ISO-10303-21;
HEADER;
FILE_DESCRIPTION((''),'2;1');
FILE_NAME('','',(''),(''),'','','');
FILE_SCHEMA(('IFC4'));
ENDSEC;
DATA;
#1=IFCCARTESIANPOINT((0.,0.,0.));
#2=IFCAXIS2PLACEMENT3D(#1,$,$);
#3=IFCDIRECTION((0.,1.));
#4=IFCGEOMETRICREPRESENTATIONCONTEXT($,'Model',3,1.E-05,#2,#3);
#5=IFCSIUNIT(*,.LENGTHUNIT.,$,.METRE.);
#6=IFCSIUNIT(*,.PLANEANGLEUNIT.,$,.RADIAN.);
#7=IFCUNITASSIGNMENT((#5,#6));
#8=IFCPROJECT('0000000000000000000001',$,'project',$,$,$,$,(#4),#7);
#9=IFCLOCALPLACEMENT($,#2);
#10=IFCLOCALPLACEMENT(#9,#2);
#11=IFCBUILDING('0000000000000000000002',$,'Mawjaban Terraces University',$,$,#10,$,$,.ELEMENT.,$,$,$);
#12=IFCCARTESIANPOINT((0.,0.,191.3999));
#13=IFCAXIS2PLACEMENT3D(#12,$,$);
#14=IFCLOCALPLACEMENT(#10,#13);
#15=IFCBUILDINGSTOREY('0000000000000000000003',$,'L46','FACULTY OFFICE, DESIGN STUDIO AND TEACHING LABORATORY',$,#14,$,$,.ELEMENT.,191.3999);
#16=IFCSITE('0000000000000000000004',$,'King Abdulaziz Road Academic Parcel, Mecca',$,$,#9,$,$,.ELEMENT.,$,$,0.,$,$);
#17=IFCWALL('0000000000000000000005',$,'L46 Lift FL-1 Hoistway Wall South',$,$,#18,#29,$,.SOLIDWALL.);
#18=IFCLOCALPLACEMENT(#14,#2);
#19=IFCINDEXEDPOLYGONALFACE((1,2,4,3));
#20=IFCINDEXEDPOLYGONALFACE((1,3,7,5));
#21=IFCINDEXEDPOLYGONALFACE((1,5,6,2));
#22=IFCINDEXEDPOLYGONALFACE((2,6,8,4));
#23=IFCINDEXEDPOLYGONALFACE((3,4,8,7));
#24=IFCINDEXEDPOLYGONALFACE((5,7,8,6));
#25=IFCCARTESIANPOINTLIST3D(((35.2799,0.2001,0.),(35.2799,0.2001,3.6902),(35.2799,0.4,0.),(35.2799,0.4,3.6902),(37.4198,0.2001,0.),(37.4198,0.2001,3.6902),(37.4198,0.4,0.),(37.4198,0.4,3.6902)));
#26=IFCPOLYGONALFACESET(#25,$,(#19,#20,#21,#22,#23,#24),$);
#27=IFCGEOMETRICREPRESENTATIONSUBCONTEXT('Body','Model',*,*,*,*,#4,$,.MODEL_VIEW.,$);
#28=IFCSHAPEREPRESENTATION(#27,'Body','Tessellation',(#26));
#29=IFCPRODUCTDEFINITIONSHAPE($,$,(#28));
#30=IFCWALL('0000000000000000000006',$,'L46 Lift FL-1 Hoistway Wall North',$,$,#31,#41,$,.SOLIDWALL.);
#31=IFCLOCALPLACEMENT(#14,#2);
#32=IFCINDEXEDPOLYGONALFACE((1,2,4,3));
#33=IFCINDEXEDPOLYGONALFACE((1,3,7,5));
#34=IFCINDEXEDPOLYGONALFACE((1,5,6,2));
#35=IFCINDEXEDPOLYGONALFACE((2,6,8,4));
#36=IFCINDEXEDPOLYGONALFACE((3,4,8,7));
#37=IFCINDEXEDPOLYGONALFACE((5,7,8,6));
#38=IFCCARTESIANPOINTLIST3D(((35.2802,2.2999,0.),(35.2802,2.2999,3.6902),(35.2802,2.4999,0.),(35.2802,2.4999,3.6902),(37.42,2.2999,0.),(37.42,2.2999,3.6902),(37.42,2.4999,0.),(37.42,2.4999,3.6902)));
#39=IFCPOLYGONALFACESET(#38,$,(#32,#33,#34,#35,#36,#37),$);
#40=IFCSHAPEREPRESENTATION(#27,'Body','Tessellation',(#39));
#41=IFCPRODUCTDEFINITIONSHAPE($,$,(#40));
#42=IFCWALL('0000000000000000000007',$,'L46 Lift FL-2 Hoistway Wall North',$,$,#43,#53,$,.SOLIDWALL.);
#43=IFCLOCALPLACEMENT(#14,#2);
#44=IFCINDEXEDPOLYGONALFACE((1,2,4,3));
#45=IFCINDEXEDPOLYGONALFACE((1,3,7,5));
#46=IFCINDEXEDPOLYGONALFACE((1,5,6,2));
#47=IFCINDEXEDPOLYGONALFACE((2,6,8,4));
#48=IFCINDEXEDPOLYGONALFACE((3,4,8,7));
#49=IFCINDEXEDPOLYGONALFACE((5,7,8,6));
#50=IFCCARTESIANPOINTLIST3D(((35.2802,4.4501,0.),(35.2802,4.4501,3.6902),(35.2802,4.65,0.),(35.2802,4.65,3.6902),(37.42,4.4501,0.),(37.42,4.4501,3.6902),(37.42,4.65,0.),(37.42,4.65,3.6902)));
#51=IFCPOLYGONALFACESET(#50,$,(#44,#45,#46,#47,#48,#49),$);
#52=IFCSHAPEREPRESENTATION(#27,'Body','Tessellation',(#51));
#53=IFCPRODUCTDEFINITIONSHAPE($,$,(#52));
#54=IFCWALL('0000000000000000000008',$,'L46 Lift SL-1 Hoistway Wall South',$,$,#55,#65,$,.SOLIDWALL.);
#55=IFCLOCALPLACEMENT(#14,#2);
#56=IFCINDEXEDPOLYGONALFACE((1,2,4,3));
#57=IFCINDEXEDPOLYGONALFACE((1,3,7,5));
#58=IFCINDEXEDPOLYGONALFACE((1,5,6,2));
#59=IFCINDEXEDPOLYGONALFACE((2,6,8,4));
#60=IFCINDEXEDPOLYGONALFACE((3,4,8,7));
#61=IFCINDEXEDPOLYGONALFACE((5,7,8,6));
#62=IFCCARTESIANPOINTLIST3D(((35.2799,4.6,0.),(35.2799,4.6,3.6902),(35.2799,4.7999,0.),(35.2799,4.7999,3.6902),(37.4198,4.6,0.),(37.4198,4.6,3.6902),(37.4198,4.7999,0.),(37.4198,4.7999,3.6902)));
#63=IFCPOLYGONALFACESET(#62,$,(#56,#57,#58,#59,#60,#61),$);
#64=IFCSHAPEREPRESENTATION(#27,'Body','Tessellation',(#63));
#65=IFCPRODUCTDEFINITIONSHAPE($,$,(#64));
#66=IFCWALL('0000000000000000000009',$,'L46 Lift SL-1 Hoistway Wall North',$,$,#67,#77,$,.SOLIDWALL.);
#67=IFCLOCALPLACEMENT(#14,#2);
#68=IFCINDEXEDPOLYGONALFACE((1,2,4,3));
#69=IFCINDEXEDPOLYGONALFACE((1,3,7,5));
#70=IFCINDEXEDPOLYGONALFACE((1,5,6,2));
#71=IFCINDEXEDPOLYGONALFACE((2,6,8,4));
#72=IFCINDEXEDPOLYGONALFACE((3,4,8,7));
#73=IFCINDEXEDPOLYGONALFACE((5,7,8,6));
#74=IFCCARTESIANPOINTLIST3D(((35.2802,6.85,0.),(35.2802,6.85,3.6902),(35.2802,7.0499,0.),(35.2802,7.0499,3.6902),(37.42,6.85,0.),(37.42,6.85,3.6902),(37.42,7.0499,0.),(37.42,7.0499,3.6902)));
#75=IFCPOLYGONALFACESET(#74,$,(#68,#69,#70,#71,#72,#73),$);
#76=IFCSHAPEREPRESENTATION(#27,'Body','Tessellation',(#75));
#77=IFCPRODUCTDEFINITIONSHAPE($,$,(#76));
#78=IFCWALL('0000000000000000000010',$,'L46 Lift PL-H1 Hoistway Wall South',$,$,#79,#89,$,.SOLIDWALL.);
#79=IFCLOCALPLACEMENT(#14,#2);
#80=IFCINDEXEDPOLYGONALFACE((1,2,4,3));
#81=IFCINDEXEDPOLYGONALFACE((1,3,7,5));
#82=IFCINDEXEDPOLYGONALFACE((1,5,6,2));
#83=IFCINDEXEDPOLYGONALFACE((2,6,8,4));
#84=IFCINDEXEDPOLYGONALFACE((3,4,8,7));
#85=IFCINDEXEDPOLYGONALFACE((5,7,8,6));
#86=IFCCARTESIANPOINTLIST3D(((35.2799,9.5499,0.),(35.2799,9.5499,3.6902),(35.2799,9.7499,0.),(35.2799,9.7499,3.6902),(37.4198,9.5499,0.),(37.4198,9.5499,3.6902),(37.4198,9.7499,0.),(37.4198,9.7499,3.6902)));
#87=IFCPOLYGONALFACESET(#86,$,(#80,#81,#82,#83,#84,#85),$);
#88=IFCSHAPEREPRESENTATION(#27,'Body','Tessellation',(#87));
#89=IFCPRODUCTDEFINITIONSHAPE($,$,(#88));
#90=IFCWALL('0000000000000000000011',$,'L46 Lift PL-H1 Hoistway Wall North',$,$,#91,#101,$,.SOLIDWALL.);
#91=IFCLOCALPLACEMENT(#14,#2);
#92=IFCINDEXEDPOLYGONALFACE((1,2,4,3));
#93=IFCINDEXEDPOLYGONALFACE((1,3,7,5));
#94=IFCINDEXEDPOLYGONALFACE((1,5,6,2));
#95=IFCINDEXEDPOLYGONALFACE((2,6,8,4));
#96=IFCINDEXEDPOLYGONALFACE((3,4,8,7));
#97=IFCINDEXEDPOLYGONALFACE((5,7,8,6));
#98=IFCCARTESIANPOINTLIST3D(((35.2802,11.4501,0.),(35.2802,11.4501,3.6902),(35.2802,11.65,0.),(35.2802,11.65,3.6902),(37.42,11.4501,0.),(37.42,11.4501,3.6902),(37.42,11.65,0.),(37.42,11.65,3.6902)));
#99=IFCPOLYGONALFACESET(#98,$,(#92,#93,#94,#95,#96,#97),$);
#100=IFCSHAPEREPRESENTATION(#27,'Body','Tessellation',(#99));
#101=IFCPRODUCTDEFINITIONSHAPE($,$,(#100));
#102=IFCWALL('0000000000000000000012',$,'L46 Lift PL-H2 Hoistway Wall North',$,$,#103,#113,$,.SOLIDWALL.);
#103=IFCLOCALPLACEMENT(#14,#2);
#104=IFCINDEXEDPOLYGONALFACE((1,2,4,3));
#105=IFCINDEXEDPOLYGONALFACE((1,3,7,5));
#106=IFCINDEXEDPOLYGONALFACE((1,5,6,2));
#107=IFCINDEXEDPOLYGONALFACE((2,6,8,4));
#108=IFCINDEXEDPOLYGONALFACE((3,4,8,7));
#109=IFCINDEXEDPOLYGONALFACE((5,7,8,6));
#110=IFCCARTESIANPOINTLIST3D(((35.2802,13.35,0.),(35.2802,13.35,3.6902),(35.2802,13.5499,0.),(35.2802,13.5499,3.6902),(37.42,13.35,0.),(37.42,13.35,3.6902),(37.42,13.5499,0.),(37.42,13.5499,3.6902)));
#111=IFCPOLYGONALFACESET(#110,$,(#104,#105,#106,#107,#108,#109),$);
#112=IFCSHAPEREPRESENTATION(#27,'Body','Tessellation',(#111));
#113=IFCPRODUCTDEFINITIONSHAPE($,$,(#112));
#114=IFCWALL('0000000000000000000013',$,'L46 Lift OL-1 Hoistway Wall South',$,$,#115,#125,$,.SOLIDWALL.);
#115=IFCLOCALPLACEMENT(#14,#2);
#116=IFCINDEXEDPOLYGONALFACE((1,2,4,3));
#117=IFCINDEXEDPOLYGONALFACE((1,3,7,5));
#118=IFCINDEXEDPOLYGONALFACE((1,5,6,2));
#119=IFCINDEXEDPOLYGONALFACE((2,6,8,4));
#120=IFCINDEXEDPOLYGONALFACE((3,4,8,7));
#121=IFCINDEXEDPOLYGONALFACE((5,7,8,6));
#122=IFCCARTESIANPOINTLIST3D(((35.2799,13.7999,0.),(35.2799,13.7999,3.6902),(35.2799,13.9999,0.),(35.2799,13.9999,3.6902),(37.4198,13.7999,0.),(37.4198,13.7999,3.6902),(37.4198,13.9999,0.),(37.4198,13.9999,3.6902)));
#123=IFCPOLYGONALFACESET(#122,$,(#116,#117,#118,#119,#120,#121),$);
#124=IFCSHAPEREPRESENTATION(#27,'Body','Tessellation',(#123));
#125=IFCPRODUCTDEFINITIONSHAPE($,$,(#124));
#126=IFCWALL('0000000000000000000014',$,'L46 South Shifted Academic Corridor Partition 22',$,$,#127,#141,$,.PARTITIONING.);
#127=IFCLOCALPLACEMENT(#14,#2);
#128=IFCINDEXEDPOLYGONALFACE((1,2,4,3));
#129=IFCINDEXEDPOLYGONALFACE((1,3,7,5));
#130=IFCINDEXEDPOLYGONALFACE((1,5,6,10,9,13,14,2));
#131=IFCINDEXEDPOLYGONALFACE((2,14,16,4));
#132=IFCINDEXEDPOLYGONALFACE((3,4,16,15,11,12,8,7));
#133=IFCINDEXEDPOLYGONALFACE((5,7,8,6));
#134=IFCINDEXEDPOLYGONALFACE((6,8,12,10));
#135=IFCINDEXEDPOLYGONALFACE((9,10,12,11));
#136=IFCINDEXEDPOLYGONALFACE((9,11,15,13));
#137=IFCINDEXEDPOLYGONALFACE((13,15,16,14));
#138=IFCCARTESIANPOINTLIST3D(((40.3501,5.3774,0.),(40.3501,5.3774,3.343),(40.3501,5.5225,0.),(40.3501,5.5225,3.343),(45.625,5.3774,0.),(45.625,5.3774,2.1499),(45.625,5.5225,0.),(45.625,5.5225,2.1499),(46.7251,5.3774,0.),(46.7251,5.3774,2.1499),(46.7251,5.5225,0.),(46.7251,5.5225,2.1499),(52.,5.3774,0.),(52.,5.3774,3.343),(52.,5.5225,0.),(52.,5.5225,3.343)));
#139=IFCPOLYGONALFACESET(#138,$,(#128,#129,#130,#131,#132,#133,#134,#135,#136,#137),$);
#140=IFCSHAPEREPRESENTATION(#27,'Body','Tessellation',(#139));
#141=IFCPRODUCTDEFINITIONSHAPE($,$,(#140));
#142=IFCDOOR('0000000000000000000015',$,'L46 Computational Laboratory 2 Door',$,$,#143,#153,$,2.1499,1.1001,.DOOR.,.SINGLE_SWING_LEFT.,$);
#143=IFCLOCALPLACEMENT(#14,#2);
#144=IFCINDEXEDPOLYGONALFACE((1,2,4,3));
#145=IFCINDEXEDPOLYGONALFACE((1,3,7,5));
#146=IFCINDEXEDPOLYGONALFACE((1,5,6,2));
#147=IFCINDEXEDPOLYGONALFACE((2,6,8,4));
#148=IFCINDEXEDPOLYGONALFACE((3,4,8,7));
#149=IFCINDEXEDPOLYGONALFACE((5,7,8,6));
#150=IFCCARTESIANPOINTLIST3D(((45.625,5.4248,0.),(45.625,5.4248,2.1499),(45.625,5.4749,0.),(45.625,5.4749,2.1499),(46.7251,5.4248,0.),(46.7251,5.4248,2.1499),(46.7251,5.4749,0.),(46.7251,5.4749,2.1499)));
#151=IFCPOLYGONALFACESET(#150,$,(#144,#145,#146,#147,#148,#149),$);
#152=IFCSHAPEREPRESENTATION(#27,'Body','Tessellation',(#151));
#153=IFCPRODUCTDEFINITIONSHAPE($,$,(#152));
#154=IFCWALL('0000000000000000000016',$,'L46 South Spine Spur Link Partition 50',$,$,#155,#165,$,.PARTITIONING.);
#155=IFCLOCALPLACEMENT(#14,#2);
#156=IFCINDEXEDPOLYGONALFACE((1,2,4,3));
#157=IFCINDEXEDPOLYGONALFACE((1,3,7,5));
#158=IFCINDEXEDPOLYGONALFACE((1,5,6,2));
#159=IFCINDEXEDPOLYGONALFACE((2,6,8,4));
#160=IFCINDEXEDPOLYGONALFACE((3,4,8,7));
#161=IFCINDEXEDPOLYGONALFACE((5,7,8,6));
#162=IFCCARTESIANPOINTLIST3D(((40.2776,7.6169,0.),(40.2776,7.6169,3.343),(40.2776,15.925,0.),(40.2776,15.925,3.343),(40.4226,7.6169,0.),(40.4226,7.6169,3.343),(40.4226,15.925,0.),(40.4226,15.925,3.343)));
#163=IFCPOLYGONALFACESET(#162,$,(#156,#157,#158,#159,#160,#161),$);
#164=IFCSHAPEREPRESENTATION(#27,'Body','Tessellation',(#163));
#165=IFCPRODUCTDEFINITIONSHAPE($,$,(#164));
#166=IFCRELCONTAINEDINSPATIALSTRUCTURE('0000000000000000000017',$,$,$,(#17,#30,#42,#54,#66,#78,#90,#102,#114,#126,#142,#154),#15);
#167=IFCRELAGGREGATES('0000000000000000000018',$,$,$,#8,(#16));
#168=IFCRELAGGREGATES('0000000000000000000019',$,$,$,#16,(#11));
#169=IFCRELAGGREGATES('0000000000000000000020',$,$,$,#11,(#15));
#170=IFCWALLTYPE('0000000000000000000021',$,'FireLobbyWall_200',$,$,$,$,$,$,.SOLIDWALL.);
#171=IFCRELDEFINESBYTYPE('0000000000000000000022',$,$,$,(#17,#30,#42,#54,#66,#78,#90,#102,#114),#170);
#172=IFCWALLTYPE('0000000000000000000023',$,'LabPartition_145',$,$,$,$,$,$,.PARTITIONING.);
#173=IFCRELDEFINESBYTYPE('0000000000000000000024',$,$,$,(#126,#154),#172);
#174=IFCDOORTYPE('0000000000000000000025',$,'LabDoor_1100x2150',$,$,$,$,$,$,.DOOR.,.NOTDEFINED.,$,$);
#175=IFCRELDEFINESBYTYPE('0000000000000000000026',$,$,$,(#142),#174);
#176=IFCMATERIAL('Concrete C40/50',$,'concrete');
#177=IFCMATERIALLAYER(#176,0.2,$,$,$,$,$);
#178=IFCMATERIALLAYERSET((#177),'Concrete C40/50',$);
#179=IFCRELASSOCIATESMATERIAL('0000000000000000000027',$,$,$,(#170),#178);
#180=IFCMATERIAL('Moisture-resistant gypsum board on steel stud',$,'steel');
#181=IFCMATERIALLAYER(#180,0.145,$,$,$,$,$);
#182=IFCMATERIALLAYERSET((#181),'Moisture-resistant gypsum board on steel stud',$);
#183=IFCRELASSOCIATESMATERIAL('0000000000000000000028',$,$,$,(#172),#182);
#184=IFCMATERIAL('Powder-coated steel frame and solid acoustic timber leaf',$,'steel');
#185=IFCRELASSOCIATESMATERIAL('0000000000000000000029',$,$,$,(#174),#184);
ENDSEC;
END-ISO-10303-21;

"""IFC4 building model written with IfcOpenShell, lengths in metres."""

from ifc_helpers import new_model, si_unit, direction, frame, frame_2d, origin, place, context, subcontext, project, spatial, rectangle, extrude, material, layer, layer_set, type_object, element, fill, save


model = new_model("IFC4")

# Units and contexts
model_context = context("Model", 3, precision=1e-05, world=origin(), true_north=direction((0.0, 1.0)))
body_context = subcontext(model_context, "Body", "Model", "MODEL_VIEW")
ifc_project = project(units=[si_unit("LENGTHUNIT", "METRE"), si_unit("PLANEANGLEUNIT", "RADIAN")], contexts=[model_context])

# Site, building, storey
site_placement = place(None, origin())
site = spatial("IfcSite", under=ifc_project, at=site_placement, Name="King Abdulaziz Road Academic Parcel, Mecca", CompositionType="ELEMENT", RefElevation=0.0)
building_placement = place(site_placement, origin())
building = spatial("IfcBuilding", under=site, at=building_placement, Name="Mawjaban Terraces University", CompositionType="ELEMENT")
storey_placement = place(building_placement, frame((0.0, 0.0, 191.3999)))
storey = spatial("IfcBuildingStorey", under=building, at=storey_placement, Name="L46", Description="FACULTY OFFICE, DESIGN STUDIO AND TEACHING LABORATORY", CompositionType="ELEMENT", Elevation=191.3999)

# Shared definitions
ifc_material_1 = material(Name="Powder-coated steel frame and solid acoustic timber leaf", Category="steel")

# Walls
ifc_material_2 = material(Name="Concrete C40/50", Category="concrete")
ifc_layer_1 = layer(ifc_material_2, 0.2)
ifc_layer_set_1 = layer_set([ifc_layer_1], Name="Concrete C40/50")
wall_type_1 = type_object("IfcWallType", Name="FireLobbyWall_200", PredefinedType="SOLIDWALL", material=ifc_layer_set_1)
for number, where, z_axis, x_axis, name in (
    (1, (35.28, 0.3, 0.0), (0.0, 0.0, 1.0), (1.0, 0.0, 0.0), "L46 Lift FL-1 Hoistway Wall South"),
    (2, (37.4199, 2.3999, 0.0), (0.0, 0.0, 1.0), (-1.0, 0.0, 0.0), "L46 Lift FL-1 Hoistway Wall North"),
    (3, (37.4199, 4.55, 0.0), (0.0, 0.0, 1.0), (-1.0, 0.0, 0.0), "L46 Lift FL-2 Hoistway Wall North"),
    (4, (35.28, 4.7, 0.0), (0.0, 0.0, 1.0), (1.0, 0.0, 0.0), "L46 Lift SL-1 Hoistway Wall South"),
    (5, (37.4199, 6.95, 0.0), (0.0, 0.0, 1.0), (-1.0, 0.0, 0.0), "L46 Lift SL-1 Hoistway Wall North"),
    (6, (35.28, 9.6499, 0.0), (0.0, 0.0, 1.0), (1.0, 0.0, 0.0), "L46 Lift PL-H1 Hoistway Wall South"),
    (7, (37.4199, 11.55, 0.0), (0.0, 0.0, 1.0), (-1.0, 0.0, 0.0), "L46 Lift PL-H1 Hoistway Wall North"),
    (8, (37.4199, 13.45, 0.0), (0.0, 0.0, 1.0), (-1.0, 0.0, 0.0), "L46 Lift PL-H2 Hoistway Wall North"),
    (9, (35.28, 13.8999, 0.0), (0.0, 0.0, 1.0), (1.0, 0.0, 0.0), "L46 Lift OL-1 Hoistway Wall South"),
):
    element("IfcWall", number, at=place(storey_placement, frame(where, z_axis=z_axis, x_axis=x_axis)), inside=storey, type_object=wall_type_1, Name=name, PredefinedType="SOLIDWALL", context=body_context, shape_type="SweptSolid", body=[
        extrude(rectangle(XDim=2.1399, YDim=0.2, at=frame_2d((1.0698, 0.0))), origin(), (0.0, 0.0, 1.0), 3.6902),
    ])

# Wall, opening, door
ifc_material_3 = material(Name="Moisture-resistant gypsum board on steel stud", Category="steel")
ifc_layer_2 = layer(ifc_material_3, 0.145)
ifc_layer_set_2 = layer_set([ifc_layer_2], Name="Moisture-resistant gypsum board on steel stud")
wall_type_2 = type_object("IfcWallType", Name="LabPartition_145", PredefinedType="PARTITIONING", material=ifc_layer_set_2)
wall_1_placement = place(storey_placement, frame((40.3501, 5.45, 0.0), z_axis=(0.0, 0.0, 1.0), x_axis=(1.0, 0.0, 0.0)))
wall_1 = element("IfcWall", 10, at=wall_1_placement, inside=storey, type_object=wall_type_2, Name="L46 South Shifted Academic Corridor Partition 22", PredefinedType="PARTITIONING", context=body_context, shape_type="SweptSolid", body=[
    extrude(rectangle(XDim=11.6499, YDim=0.145, at=frame_2d((5.825, 0.0))), origin(), (0.0, 0.0, 1.0), 3.343),
])
opening_1_placement = place(wall_1_placement, frame((5.2749, 0.0, 0.0)))
opening_1 = element("IfcOpeningElement", 11, at=opening_1_placement, cuts=wall_1, PredefinedType="OPENING", context=body_context, shape_type="SweptSolid", body=[
    extrude(rectangle(XDim=1.1001, YDim=2.1499, at=frame_2d((0.55, 1.075))), frame((0.0, 0.0825, 0.0), z_axis=(0.0, -1.0, 0.0), x_axis=(1.0, 0.0, 0.0)), (0.0, 0.0, 1.0), 0.165),
])
door_type_1 = type_object("IfcDoorType", Name="LabDoor_1100x2150", OperationType="NOTDEFINED", PredefinedType="DOOR", material=ifc_material_1)
door_1_placement = place(opening_1_placement, origin())
door_1 = element("IfcDoor", 12, at=door_1_placement, inside=storey, type_object=door_type_1, Name="L46 Computational Laboratory 2 Door", OperationType="SINGLE_SWING_LEFT", OverallHeight=2.1499, OverallWidth=1.1001, PredefinedType="DOOR", context=body_context, shape_type="SweptSolid", body=[
    extrude(rectangle(XDim=1.1001, YDim=2.1499, at=frame_2d((0.55, 1.075))), frame((0.0, 0.0249, 0.0), z_axis=(0.0, -1.0, 0.0), x_axis=(1.0, 0.0, 0.0)), (0.0, 0.0, 1.0), 0.05),
])
fill(opening_1, door_1)

# Wall
wall_2_placement = place(storey_placement, frame((40.3501, 7.6169, 0.0), z_axis=(0.0, 0.0, 1.0), x_axis=(0.0, 1.0, 0.0)))
element("IfcWall", 13, at=wall_2_placement, inside=storey, type_object=wall_type_2, Name="L46 South Spine Spur Link Partition 50", PredefinedType="PARTITIONING", context=body_context, shape_type="SweptSolid", body=[
    extrude(rectangle(XDim=8.3081, YDim=0.145, at=frame_2d((4.1541, 0.0))), origin(), (0.0, 0.0, 1.0), 3.343),
])

save(model, "model.ifc")
